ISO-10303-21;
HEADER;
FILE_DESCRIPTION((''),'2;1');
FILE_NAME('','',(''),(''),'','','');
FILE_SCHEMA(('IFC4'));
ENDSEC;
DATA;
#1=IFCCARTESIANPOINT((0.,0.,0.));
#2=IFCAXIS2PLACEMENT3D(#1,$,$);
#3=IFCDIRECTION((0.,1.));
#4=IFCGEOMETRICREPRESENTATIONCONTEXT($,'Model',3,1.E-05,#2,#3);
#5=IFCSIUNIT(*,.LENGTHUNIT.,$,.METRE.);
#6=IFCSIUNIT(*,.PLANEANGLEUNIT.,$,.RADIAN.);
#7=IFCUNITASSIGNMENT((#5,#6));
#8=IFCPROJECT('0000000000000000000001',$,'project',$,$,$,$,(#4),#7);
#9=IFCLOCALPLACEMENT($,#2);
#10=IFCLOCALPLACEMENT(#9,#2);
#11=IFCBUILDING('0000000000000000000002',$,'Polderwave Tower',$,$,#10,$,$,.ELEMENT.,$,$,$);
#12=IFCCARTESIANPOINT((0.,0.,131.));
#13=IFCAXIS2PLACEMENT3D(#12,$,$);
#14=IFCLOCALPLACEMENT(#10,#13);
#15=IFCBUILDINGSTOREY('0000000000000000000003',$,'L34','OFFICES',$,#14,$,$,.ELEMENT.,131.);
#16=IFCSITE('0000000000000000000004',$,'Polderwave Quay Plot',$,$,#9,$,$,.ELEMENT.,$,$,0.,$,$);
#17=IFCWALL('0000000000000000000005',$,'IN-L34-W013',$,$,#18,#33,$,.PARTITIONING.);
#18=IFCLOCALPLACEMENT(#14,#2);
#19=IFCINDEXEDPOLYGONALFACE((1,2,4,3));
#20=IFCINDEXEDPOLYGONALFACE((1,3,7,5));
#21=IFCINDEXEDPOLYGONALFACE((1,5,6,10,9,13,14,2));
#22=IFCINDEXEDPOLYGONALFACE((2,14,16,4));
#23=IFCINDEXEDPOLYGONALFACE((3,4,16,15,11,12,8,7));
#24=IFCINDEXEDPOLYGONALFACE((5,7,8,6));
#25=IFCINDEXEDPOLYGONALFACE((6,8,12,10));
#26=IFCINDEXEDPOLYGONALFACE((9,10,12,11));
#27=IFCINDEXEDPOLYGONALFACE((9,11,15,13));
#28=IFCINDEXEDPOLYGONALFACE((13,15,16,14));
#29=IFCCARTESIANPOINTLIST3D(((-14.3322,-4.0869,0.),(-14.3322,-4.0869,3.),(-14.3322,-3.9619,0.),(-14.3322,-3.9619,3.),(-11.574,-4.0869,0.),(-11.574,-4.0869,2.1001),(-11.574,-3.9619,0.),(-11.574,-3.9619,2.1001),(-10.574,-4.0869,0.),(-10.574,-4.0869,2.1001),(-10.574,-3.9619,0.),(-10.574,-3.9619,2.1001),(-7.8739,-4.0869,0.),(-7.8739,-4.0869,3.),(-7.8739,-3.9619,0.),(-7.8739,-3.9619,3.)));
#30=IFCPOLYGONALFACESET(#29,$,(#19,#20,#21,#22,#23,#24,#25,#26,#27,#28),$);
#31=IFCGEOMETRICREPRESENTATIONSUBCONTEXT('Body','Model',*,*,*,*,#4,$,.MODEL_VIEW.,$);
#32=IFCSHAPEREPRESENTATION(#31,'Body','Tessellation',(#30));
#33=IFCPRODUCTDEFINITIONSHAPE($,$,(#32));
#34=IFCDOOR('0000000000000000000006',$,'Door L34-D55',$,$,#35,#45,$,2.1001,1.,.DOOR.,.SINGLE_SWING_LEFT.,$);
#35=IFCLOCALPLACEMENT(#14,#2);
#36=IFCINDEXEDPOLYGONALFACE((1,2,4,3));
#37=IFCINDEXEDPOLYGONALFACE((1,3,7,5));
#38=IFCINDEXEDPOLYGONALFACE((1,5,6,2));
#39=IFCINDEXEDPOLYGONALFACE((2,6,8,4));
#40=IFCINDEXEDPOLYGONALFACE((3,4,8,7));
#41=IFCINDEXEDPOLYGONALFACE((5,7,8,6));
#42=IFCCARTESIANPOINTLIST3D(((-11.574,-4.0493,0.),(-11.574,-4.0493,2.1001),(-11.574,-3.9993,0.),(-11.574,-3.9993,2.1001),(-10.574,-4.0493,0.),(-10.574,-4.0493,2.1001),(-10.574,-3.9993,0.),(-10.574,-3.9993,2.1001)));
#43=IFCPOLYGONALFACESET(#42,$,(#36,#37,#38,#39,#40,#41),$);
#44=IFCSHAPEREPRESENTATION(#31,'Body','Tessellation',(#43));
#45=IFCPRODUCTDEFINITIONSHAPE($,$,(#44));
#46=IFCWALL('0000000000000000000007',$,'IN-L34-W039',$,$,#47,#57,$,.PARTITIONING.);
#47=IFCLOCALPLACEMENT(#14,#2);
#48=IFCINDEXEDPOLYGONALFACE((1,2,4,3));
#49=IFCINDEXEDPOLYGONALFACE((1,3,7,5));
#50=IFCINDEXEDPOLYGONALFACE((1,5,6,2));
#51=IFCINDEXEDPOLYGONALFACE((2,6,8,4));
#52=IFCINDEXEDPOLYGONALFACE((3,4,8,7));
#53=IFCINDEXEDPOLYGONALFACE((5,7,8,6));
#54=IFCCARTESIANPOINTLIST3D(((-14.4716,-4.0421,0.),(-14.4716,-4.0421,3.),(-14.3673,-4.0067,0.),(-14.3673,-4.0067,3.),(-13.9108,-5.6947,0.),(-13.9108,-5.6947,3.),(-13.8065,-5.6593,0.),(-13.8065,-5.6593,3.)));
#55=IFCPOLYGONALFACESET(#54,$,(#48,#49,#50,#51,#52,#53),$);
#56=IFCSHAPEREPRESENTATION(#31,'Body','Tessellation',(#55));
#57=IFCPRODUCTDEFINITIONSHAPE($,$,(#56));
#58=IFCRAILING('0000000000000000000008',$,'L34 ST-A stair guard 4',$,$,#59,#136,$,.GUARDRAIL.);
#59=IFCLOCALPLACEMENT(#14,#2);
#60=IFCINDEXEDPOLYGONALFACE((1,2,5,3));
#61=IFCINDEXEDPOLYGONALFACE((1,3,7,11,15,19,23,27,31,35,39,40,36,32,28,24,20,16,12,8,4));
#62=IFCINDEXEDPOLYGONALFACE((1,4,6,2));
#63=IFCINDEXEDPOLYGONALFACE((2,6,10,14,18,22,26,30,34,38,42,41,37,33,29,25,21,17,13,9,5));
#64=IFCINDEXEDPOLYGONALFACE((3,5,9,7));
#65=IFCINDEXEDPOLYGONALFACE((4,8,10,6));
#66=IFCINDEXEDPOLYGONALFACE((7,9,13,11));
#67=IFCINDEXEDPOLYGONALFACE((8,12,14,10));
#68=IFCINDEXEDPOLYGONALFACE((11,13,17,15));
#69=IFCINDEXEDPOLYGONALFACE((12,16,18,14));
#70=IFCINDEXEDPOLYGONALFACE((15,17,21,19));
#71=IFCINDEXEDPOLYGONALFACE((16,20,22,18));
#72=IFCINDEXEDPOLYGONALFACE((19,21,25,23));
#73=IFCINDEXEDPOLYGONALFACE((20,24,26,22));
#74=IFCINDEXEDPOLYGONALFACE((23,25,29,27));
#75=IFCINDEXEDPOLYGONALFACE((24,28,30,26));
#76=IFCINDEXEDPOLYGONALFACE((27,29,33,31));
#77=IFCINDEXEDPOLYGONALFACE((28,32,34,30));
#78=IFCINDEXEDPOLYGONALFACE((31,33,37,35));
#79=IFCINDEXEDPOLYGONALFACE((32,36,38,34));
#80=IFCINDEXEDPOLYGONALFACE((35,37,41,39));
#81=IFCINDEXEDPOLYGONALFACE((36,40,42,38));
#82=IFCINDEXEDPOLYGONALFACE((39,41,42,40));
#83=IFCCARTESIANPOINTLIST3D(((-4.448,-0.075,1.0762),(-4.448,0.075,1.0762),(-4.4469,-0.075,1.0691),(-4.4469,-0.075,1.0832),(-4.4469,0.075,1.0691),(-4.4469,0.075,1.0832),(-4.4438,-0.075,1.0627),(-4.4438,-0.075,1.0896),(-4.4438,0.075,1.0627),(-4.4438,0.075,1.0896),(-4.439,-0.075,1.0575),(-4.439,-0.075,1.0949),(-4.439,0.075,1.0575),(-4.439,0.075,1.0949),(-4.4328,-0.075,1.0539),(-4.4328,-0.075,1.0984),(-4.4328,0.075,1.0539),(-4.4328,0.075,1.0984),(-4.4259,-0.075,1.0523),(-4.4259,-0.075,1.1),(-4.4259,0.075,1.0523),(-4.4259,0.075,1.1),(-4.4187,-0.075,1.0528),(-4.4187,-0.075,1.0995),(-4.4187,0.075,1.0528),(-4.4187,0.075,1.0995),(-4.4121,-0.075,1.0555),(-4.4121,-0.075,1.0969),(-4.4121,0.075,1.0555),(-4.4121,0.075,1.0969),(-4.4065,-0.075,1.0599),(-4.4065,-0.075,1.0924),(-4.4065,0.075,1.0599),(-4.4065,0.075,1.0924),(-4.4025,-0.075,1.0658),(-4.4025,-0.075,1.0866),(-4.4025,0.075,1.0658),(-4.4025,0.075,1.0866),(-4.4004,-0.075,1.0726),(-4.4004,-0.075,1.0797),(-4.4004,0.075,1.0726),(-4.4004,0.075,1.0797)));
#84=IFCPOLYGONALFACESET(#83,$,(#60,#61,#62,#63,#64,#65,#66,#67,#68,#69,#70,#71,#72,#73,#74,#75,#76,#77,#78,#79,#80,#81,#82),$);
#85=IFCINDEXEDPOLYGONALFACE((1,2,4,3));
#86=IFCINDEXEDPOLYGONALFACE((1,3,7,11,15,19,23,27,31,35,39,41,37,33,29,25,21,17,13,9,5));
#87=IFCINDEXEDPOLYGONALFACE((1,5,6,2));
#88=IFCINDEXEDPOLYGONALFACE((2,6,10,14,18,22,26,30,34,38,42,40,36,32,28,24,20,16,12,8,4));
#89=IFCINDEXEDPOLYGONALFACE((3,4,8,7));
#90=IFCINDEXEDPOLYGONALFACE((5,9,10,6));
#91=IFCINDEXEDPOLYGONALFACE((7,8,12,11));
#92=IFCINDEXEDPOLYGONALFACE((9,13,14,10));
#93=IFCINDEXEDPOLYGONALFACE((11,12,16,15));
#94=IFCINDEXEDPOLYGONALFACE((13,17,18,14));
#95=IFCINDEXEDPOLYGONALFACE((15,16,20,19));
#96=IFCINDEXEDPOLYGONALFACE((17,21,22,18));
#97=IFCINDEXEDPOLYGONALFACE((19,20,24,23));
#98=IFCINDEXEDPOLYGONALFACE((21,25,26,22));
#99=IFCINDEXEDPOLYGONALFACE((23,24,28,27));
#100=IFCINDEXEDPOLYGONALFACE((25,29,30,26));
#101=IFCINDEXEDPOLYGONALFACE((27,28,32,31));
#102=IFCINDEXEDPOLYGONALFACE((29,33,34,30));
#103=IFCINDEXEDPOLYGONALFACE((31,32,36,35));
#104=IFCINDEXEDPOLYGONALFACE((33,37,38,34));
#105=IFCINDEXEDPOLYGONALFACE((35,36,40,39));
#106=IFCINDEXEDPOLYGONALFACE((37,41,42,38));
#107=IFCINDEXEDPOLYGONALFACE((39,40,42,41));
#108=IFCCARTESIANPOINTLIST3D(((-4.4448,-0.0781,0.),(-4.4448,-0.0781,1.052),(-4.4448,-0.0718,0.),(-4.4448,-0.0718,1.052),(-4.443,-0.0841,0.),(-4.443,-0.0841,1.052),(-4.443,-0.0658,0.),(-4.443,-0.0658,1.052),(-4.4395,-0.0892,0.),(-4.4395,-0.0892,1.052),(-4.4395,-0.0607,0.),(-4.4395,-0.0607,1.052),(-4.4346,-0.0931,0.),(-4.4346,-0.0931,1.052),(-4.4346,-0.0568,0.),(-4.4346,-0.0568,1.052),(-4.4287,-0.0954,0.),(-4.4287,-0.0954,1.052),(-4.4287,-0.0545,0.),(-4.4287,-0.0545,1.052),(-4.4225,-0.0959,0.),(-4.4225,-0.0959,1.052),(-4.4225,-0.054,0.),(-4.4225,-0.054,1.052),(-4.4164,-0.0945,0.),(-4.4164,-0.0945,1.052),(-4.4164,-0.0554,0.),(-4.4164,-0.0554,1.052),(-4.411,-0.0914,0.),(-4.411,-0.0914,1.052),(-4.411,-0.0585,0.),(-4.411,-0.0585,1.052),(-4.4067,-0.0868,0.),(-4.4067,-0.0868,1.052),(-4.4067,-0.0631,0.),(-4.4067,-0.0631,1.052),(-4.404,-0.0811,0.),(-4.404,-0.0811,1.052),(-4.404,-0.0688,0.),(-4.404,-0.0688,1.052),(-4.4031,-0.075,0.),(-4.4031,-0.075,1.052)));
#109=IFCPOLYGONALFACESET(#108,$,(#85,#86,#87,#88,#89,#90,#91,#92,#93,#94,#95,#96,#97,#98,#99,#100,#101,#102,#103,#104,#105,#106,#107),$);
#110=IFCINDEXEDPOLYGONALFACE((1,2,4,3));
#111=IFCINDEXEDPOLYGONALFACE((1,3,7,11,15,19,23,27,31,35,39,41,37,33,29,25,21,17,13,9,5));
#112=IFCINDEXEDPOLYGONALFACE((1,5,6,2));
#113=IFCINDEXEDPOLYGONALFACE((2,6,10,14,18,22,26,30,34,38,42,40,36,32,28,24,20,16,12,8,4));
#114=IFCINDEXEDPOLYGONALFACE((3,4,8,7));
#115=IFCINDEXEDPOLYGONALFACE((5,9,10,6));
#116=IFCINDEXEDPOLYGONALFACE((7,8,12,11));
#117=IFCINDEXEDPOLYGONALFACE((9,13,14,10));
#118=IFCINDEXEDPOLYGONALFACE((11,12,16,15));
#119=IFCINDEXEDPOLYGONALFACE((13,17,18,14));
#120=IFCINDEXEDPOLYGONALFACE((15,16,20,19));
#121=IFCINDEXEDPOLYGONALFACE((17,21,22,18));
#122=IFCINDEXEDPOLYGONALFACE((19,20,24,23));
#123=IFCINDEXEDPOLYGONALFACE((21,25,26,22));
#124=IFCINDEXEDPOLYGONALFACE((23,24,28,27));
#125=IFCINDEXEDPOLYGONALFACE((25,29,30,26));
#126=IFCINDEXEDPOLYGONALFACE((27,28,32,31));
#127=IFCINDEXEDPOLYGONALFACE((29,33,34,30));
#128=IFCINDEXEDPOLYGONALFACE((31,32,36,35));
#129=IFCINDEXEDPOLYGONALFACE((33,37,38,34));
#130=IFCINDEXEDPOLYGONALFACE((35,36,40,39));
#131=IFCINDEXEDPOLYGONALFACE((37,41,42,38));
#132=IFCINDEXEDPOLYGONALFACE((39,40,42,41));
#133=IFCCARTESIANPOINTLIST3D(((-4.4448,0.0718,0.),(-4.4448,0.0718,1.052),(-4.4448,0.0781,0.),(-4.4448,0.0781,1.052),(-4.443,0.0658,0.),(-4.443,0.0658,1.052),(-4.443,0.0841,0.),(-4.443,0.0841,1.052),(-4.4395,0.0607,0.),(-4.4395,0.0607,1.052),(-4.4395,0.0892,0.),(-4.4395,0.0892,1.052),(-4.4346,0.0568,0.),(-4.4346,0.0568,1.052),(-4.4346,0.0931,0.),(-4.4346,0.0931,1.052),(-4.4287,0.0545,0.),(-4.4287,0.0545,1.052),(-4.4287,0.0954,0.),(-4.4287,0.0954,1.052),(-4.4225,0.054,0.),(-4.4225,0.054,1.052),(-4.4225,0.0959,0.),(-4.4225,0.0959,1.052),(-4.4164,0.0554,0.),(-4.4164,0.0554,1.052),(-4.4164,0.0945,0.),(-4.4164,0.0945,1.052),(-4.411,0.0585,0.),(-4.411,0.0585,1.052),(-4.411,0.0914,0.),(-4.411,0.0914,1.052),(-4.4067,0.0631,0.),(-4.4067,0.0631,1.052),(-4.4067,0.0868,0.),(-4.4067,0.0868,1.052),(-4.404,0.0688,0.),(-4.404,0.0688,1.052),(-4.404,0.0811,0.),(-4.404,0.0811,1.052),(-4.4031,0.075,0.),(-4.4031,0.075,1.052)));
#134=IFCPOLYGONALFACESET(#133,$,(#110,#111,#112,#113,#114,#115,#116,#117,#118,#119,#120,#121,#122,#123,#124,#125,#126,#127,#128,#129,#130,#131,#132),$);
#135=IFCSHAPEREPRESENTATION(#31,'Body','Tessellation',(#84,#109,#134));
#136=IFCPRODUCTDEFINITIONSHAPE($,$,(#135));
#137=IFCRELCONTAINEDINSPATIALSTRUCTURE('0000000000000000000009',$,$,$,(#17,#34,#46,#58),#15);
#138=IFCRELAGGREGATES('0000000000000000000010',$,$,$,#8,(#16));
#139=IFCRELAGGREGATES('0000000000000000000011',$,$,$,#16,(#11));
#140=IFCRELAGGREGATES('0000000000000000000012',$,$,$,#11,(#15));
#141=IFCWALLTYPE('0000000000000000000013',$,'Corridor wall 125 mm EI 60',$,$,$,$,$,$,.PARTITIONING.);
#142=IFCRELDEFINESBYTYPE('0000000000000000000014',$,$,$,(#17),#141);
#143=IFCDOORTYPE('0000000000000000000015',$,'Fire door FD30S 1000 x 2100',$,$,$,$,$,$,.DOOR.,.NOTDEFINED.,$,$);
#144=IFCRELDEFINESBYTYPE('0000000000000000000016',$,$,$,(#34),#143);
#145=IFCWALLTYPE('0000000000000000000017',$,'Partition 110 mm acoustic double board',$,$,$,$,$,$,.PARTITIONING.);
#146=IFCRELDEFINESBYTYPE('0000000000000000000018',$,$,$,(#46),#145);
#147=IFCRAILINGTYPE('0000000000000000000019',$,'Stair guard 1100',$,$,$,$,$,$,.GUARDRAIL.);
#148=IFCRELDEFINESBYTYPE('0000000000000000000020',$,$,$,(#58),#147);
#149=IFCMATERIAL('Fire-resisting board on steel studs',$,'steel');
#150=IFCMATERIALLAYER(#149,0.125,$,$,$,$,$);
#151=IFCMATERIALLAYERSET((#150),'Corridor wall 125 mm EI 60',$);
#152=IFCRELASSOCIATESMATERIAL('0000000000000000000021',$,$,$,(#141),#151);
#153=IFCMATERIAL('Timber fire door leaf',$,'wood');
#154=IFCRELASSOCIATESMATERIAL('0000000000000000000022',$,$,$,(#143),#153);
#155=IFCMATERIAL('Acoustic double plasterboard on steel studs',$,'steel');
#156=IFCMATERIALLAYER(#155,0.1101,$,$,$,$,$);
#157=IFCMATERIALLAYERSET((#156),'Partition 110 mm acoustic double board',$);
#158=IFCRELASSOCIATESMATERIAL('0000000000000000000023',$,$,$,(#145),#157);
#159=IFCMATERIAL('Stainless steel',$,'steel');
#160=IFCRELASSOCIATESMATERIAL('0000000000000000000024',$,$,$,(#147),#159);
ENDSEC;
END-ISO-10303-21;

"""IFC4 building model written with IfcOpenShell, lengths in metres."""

from ifc_helpers import new_model, si_unit, direction, frame, frame_2d, origin, origin_2d, place, context, subcontext, project, spatial, rectangle, circle, extrude, material, layer, layer_set, type_object, element, fill, save


model = new_model("IFC4")

# Units and contexts
model_context = context("Model", 3, precision=1e-05, world=origin(), true_north=direction((0.0, 1.0)))
body_context = subcontext(model_context, "Body", "Model", "MODEL_VIEW")
ifc_project = project(units=[si_unit("LENGTHUNIT", "METRE"), si_unit("PLANEANGLEUNIT", "RADIAN")], contexts=[model_context])

# Site, building, storey
site_placement = place(None, origin())
site = spatial("IfcSite", under=ifc_project, at=site_placement, Name="Polderwave Quay Plot", CompositionType="ELEMENT", RefElevation=0.0)
building_placement = place(site_placement, origin())
building = spatial("IfcBuilding", under=site, at=building_placement, Name="Polderwave Tower", CompositionType="ELEMENT")
storey_placement = place(building_placement, frame((0.0, 0.0, 131.0)))
storey = spatial("IfcBuildingStorey", under=building, at=storey_placement, Name="L34", Description="OFFICES", CompositionType="ELEMENT", Elevation=131.0)

# Shared definitions
ifc_material_1 = material(Name="Stainless steel", Category="steel")

# Wall, opening, door
ifc_material_2 = material(Name="Fire-resisting board on steel studs", Category="steel")
ifc_layer_1 = layer(ifc_material_2, 0.125)
ifc_layer_set_1 = layer_set([ifc_layer_1], Name="Corridor wall 125 mm EI 60")
wall_type_1 = type_object("IfcWallType", Name="Corridor wall 125 mm EI 60", PredefinedType="PARTITIONING", material=ifc_layer_set_1)
wall_1_placement = place(storey_placement, frame((-7.874, -4.0244, 0.0), z_axis=(0.0, 0.0, 1.0), x_axis=(-1.0, 0.0, 0.0)))
wall_1 = element("IfcWall", 1, at=wall_1_placement, inside=storey, type_object=wall_type_1, Name="IN-L34-W013", PredefinedType="PARTITIONING", context=body_context, shape_type="SweptSolid", body=[
    extrude(rectangle(XDim=6.4583, YDim=0.125, at=frame_2d((3.229, 0.0))), origin(), (0.0, 0.0, 1.0), 3.0),
])
opening_1_placement = place(wall_1_placement, frame((2.7, 0.0, 0.0)))
opening_1 = element("IfcOpeningElement", 2, at=opening_1_placement, cuts=wall_1, PredefinedType="OPENING", context=body_context, shape_type="SweptSolid", body=[
    extrude(rectangle(XDim=1.0, YDim=2.1001, at=frame_2d((0.5, 1.05))), frame((0.0, 0.0725, 0.0), z_axis=(0.0, -1.0, 0.0), x_axis=(1.0, 0.0, 0.0)), (0.0, 0.0, 1.0), 0.145),
])
ifc_material_3 = material(Name="Timber fire door leaf", Category="wood")
door_type_1 = type_object("IfcDoorType", Name="Fire door FD30S 1000 x 2100", OperationType="NOTDEFINED", PredefinedType="DOOR", material=ifc_material_3)
door_1_placement = place(opening_1_placement, origin())
door_1 = element("IfcDoor", 3, at=door_1_placement, inside=storey, type_object=door_type_1, Name="Door L34-D55", OperationType="SINGLE_SWING_LEFT", OverallHeight=2.1001, OverallWidth=1.0, PredefinedType="DOOR", context=body_context, shape_type="SweptSolid", body=[
    extrude(rectangle(XDim=1.0, YDim=2.1001, at=frame_2d((0.5, 1.05))), frame((0.0, 0.0249, 0.0), z_axis=(0.0, -1.0, 0.0), x_axis=(1.0, 0.0, 0.0)), (0.0, 0.0, 1.0), 0.05),
])
fill(opening_1, door_1)

# Wall
ifc_material_4 = material(Name="Acoustic double plasterboard on steel studs", Category="steel")
ifc_layer_2 = layer(ifc_material_4, 0.1101)
ifc_layer_set_2 = layer_set([ifc_layer_2], Name="Partition 110 mm acoustic double board")
wall_type_2 = type_object("IfcWallType", Name="Partition 110 mm acoustic double board", PredefinedType="PARTITIONING", material=ifc_layer_set_2)
wall_2_placement = place(storey_placement, frame((-13.8586, -5.677, 0.0), z_axis=(0.0, 0.0, 1.0), x_axis=(-0.321343, 0.946963, 0.0)))
element("IfcWall", 4, at=wall_2_placement, inside=storey, type_object=wall_type_2, Name="IN-L34-W039", PredefinedType="PARTITIONING", context=body_context, shape_type="SweptSolid", body=[
    extrude(rectangle(XDim=1.7451, YDim=0.1101, at=frame_2d((0.8726, 0.0))), origin(), (0.0, 0.0, 1.0), 3.0),
])

# Railing
railing_type = type_object("IfcRailingType", Name="Stair guard 1100", PredefinedType="GUARDRAIL", material=ifc_material_1)
railing_placement = place(storey_placement, frame((-4.4241, -0.075, 0.0)))
element("IfcRailing", 5, at=railing_placement, inside=storey, type_object=railing_type, Name="L34 ST-A stair guard 4", PredefinedType="GUARDRAIL", context=body_context, shape_type="SweptSolid", body=[
    extrude(circle(Radius=0.0239, at=origin_2d()), frame((0.0, 0.0, 1.0762), z_axis=(0.0, 1.0, 0.0), x_axis=(-1.0, 0.0, 0.0)), (0.0, 0.0, 1.0), 0.1499),
    extrude(circle(Radius=0.021, at=origin_2d()), origin(), (0.0, 0.0, 1.0), 1.052),
    extrude(circle(Radius=0.021, at=origin_2d()), frame((0.0, 0.1499, 0.0)), (0.0, 0.0, 1.0), 1.052),
])

save(model, "model.ifc")
